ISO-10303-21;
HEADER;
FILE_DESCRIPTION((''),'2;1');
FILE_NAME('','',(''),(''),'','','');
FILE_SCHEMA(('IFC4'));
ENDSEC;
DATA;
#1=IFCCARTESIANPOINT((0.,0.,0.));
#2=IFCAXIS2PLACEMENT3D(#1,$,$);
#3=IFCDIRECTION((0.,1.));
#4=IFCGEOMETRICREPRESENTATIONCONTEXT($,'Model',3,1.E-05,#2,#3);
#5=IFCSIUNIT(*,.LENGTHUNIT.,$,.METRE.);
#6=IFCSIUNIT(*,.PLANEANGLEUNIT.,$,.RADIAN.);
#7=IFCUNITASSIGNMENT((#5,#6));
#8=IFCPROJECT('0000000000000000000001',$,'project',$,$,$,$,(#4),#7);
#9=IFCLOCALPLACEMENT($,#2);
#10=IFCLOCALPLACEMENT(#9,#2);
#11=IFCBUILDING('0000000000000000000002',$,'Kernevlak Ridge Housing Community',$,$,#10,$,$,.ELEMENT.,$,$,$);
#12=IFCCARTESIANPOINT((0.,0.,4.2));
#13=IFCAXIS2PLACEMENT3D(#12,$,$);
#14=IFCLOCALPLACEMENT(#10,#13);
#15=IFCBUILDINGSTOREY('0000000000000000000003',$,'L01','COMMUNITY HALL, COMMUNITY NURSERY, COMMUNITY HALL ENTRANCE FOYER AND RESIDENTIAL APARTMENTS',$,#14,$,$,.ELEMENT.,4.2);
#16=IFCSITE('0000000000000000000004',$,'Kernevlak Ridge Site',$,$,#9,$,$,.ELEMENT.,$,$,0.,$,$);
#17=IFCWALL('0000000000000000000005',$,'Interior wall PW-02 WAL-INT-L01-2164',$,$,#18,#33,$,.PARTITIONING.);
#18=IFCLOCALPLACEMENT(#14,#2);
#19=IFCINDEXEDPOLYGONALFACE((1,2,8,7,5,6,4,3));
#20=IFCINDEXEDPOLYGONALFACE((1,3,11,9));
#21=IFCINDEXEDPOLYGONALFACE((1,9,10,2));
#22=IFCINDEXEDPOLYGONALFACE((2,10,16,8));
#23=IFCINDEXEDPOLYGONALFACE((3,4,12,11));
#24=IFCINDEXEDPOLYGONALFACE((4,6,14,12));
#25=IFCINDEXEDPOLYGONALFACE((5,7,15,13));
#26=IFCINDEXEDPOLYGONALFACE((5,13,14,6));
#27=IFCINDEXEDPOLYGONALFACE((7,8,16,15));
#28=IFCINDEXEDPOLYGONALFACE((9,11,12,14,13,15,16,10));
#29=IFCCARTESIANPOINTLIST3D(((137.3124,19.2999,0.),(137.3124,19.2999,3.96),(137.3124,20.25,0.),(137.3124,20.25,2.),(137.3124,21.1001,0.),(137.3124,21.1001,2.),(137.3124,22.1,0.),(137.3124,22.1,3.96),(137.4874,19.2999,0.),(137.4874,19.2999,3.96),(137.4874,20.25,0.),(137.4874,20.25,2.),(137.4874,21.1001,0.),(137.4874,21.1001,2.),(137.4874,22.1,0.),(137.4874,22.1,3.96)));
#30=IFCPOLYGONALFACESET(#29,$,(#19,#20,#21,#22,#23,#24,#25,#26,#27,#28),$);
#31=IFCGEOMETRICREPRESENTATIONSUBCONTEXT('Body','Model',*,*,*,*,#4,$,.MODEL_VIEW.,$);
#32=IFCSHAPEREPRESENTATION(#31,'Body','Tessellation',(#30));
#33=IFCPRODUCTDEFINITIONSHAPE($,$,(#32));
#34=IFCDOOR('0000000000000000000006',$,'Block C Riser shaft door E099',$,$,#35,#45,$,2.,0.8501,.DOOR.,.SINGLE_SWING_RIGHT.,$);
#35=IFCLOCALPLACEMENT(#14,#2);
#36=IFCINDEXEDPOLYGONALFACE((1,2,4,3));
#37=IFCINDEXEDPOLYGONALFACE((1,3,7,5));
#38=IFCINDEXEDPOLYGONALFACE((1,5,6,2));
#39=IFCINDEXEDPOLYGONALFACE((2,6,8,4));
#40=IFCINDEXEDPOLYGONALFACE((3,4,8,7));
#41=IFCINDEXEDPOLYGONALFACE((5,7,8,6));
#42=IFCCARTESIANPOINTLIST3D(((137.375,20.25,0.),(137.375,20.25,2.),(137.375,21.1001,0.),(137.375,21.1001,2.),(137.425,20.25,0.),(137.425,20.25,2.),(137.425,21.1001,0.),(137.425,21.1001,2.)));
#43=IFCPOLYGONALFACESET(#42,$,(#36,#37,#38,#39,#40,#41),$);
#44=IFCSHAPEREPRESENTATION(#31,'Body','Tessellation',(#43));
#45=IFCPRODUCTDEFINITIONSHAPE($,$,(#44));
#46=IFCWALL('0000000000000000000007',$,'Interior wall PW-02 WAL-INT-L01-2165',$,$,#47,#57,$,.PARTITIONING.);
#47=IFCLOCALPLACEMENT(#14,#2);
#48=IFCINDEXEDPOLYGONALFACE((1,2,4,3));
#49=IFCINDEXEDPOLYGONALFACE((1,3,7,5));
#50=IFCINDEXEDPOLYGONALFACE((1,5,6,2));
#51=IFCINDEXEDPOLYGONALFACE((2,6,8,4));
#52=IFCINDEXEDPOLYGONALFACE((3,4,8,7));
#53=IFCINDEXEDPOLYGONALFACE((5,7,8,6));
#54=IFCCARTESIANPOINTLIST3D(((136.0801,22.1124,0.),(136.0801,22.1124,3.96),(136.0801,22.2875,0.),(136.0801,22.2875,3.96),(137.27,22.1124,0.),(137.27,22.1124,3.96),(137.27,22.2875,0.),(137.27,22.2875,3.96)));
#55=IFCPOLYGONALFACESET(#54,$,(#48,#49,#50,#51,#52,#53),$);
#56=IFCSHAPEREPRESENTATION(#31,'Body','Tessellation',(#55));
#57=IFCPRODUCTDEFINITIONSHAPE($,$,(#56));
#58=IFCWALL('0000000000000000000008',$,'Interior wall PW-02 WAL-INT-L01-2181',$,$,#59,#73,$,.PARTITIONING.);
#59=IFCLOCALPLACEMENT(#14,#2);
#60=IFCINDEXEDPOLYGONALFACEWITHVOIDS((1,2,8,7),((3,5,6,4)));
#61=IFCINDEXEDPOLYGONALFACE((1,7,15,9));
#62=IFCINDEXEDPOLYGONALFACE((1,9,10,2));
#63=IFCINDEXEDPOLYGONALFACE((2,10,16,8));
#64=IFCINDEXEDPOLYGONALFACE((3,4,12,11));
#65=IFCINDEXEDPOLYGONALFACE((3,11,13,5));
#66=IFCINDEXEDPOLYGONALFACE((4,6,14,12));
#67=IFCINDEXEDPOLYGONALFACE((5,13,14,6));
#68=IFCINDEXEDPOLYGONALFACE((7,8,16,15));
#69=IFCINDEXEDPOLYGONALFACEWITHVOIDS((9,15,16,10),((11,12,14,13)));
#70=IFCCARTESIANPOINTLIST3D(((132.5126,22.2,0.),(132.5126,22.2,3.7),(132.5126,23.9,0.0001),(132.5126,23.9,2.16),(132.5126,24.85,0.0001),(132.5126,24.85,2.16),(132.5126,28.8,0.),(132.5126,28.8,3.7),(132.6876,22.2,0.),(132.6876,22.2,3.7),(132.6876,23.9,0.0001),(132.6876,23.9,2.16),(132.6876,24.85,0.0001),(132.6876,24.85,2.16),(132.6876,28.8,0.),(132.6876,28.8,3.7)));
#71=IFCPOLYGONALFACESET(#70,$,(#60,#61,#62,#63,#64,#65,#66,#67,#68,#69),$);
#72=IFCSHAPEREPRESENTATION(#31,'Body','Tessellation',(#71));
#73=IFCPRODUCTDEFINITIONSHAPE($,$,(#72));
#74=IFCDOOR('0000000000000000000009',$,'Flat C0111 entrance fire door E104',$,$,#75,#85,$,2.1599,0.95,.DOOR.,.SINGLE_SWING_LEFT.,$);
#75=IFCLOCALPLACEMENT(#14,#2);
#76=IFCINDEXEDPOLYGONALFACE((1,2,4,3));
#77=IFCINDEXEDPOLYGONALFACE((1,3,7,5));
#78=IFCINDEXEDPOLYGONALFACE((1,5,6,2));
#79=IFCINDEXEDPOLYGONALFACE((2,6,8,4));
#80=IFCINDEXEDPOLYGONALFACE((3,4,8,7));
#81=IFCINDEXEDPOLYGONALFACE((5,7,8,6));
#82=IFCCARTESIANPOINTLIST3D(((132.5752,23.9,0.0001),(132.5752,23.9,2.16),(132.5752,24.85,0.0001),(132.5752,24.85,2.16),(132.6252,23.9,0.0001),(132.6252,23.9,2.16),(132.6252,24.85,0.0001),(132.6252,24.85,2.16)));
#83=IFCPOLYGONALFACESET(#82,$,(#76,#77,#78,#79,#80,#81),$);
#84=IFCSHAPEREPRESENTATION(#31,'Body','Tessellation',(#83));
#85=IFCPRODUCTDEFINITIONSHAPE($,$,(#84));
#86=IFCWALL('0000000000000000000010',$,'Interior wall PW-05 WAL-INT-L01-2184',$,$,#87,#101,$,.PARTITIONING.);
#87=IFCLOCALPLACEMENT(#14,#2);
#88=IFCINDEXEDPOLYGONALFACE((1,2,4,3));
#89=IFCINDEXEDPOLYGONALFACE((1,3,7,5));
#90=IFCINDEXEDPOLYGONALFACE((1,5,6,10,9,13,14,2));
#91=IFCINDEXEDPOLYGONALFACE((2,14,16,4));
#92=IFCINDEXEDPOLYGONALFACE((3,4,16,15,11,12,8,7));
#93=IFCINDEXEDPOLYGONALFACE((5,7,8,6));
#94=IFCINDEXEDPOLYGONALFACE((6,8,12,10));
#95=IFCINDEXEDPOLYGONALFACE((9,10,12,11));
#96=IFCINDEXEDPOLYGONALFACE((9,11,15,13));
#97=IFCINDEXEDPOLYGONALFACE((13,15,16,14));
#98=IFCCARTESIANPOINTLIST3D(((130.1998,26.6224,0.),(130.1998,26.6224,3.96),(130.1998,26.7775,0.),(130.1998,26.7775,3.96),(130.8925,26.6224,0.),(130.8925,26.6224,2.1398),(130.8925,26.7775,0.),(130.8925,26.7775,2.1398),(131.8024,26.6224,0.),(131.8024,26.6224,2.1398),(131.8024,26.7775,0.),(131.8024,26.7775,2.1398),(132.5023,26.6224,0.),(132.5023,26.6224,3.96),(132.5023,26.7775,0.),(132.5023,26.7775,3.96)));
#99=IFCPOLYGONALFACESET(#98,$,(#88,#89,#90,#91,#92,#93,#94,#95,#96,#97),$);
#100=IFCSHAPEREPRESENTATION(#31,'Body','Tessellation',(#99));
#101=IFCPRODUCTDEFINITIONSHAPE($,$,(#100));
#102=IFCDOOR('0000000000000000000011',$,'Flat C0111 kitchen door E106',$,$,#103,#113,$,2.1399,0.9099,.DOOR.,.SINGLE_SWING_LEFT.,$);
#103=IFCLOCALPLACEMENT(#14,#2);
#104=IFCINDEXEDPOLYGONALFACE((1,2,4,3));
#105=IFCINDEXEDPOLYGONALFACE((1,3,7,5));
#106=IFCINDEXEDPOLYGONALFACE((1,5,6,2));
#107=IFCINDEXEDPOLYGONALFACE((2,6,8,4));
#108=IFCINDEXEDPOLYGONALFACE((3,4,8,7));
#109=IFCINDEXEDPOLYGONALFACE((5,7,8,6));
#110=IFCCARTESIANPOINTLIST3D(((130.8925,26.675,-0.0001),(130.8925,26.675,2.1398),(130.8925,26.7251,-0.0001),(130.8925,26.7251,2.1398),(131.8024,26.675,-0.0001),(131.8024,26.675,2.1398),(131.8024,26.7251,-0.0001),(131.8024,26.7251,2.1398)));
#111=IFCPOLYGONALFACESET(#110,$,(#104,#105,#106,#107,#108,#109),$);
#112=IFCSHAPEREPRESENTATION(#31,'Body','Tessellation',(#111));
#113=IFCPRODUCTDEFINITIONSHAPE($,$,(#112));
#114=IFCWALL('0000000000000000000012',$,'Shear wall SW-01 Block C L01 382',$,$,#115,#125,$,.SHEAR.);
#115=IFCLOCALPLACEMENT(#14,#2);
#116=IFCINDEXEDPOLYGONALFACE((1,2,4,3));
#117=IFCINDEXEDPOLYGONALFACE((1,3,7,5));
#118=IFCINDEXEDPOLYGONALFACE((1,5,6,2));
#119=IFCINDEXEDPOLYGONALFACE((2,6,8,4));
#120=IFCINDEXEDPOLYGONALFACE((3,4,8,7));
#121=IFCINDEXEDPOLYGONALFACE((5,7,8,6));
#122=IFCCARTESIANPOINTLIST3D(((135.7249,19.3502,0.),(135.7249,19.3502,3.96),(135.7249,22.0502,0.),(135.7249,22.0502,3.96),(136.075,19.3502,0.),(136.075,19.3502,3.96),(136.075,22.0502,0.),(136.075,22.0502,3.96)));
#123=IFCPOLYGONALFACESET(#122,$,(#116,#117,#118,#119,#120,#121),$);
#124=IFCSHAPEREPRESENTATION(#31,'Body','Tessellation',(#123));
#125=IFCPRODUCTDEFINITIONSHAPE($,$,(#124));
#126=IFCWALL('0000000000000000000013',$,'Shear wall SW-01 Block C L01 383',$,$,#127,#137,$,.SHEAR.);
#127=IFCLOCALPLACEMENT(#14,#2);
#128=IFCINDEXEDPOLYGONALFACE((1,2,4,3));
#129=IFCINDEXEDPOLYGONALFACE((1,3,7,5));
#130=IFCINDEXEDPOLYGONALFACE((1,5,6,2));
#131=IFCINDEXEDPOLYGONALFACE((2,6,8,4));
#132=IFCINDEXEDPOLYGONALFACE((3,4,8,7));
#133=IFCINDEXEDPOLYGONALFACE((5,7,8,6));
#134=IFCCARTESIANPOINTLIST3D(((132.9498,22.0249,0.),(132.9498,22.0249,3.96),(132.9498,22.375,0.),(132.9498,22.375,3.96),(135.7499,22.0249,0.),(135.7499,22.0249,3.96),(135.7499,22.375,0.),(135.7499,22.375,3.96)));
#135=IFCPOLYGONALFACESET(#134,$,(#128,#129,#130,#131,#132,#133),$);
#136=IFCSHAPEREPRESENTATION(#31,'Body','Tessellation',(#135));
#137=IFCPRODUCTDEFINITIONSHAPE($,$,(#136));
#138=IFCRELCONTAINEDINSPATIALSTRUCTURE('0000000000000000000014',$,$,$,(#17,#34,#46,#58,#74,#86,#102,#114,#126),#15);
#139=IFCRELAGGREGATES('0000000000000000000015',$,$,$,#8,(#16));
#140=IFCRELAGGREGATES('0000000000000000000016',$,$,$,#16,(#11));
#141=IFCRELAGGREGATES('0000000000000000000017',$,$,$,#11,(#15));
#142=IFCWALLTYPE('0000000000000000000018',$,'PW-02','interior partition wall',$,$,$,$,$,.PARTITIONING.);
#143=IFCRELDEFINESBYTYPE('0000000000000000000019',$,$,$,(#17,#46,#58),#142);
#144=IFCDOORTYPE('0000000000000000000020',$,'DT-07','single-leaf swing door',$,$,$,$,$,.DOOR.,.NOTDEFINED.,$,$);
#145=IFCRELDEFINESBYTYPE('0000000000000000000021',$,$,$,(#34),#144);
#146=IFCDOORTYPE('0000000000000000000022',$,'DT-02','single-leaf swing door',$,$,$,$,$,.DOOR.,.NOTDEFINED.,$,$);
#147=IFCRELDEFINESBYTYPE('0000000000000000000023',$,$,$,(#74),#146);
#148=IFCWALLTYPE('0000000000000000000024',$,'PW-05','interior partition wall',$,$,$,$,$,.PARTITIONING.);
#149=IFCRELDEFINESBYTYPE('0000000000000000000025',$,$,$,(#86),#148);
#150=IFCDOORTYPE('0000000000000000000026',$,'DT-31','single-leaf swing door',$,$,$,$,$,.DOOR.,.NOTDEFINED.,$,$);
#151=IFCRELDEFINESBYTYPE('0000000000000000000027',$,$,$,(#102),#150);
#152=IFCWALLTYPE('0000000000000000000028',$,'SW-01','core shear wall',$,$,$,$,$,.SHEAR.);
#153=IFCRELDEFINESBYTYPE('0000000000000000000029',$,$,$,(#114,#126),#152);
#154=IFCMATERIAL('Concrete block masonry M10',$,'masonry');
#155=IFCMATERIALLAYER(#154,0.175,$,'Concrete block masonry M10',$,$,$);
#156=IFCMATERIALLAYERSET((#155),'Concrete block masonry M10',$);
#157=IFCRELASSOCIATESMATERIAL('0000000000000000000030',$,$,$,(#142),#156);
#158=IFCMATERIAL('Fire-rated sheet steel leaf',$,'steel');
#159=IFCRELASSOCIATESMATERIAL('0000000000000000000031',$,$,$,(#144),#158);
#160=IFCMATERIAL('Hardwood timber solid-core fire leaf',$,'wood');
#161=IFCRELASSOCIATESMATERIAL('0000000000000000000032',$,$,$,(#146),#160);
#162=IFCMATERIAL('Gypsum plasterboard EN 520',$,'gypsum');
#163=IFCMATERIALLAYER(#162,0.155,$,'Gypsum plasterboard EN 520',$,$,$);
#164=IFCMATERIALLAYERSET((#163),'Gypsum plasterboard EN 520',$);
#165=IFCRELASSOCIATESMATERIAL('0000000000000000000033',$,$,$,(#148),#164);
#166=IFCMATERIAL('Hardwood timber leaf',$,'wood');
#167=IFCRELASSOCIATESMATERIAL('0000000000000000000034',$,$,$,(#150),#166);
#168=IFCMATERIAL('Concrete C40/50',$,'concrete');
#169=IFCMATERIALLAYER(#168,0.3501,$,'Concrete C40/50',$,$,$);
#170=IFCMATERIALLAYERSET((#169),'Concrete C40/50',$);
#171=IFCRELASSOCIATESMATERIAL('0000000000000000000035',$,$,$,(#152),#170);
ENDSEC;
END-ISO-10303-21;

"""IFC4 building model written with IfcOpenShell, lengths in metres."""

from ifc_helpers import new_model, si_unit, direction, frame, frame_2d, origin, place, context, subcontext, project, spatial, rectangle, extrude, material, layer, layer_set, type_object, element, fill, save


model = new_model("IFC4")

# Units and contexts
model_context = context("Model", 3, precision=1e-05, world=origin(), true_north=direction((0.0, 1.0)))
body_context = subcontext(model_context, "Body", "Model", "MODEL_VIEW")
ifc_project = project(units=[si_unit("LENGTHUNIT", "METRE"), si_unit("PLANEANGLEUNIT", "RADIAN")], contexts=[model_context])

# Site, building, storey
site_placement = place(None, origin())
site = spatial("IfcSite", under=ifc_project, at=site_placement, Name="Kernevlak Ridge Site", CompositionType="ELEMENT", RefElevation=0.0)
building_placement = place(site_placement, origin())
building = spatial("IfcBuilding", under=site, at=building_placement, Name="Kernevlak Ridge Housing Community", CompositionType="ELEMENT")
storey_placement = place(building_placement, frame((0.0, 0.0, 4.2)))
storey = spatial("IfcBuildingStorey", under=building, at=storey_placement, Name="L01", Description="COMMUNITY HALL, COMMUNITY NURSERY, COMMUNITY HALL ENTRANCE FOYER AND RESIDENTIAL APARTMENTS", CompositionType="ELEMENT", Elevation=4.2)

# Shared definitions
ifc_material_1 = material(Name="Concrete C40/50", Category="concrete")

# Wall, opening, door
ifc_material_2 = material(Name="Concrete block masonry M10", Category="masonry")
ifc_layer_1 = layer(ifc_material_2, 0.175, Name="Concrete block masonry M10")
ifc_layer_set_1 = layer_set([ifc_layer_1], Name="Concrete block masonry M10")
wall_type_1 = type_object("IfcWallType", Name="PW-02", Description="interior partition wall", PredefinedType="PARTITIONING", material=ifc_layer_set_1)
ifc_material_3 = material(Name="Fire-rated sheet steel leaf", Category="steel")
wall_1_placement = place(storey_placement, frame((137.3999, 19.3, 0.0), z_axis=(0.0, 0.0, 1.0), x_axis=(0.0, 1.0, 0.0)))
wall_1 = element("IfcWall", 1, at=wall_1_placement, inside=storey, type_object=wall_type_1, Name="Interior wall PW-02 WAL-INT-L01-2164", PredefinedType="PARTITIONING", context=body_context, shape_type="SweptSolid", body=[
    extrude(rectangle(XDim=2.8, YDim=0.175, at=frame_2d((1.3999, 0.0))), origin(), (0.0, 0.0, 1.0), 3.96),
])
opening_1_placement = place(wall_1_placement, frame((0.95, 0.0, 0.0)))
opening_1 = element("IfcOpeningElement", 2, at=opening_1_placement, cuts=wall_1, PredefinedType="OPENING", context=body_context, shape_type="SweptSolid", body=[
    extrude(rectangle(XDim=0.8501, YDim=2.0, at=frame_2d((0.425, 1.0))), frame((0.0, 0.0974, 0.0), z_axis=(0.0, -1.0, 0.0), x_axis=(1.0, 0.0, 0.0)), (0.0, 0.0, 1.0), 0.1951),
])
door_type_1 = type_object("IfcDoorType", Name="DT-07", Description="single-leaf swing door", OperationType="NOTDEFINED", PredefinedType="DOOR", material=ifc_material_3)
door_1_placement = place(opening_1_placement, origin())
door_1 = element("IfcDoor", 3, at=door_1_placement, inside=storey, type_object=door_type_1, Name="Block C Riser shaft door E099", OperationType="SINGLE_SWING_RIGHT", OverallHeight=2.0, OverallWidth=0.8501, PredefinedType="DOOR", context=body_context, shape_type="SweptSolid", body=[
    extrude(rectangle(XDim=0.8501, YDim=2.0, at=frame_2d((0.425, 1.0))), frame((0.0, 0.0249, 0.0), z_axis=(0.0, -1.0, 0.0), x_axis=(1.0, 0.0, 0.0)), (0.0, 0.0, 1.0), 0.05),
])
fill(opening_1, door_1)

# Wall
wall_2_placement = place(storey_placement, frame((136.0801, 22.2, 0.0), z_axis=(0.0, 0.0, 1.0), x_axis=(1.0, 0.0, 0.0)))
element("IfcWall", 4, at=wall_2_placement, inside=storey, type_object=wall_type_1, Name="Interior wall PW-02 WAL-INT-L01-2165", PredefinedType="PARTITIONING", context=body_context, shape_type="SweptSolid", body=[
    extrude(rectangle(XDim=1.1899, YDim=0.175, at=frame_2d((0.595, 0.0))), origin(), (0.0, 0.0, 1.0), 3.96),
])

# Walls, openings, doors
wall_3_placement = place(storey_placement, frame((132.6001, 22.2, 0.0), z_axis=(0.0, 0.0, 1.0), x_axis=(0.0, 1.0, 0.0)))
wall_3 = element("IfcWall", 5, at=wall_3_placement, inside=storey, type_object=wall_type_1, Name="Interior wall PW-02 WAL-INT-L01-2181", PredefinedType="PARTITIONING", context=body_context, shape_type="SweptSolid", body=[
    extrude(rectangle(XDim=6.6001, YDim=0.175, at=frame_2d((3.3, 0.0))), origin(), (0.0, 0.0, 1.0), 3.7),
])
opening_2_placement = place(wall_3_placement, frame((1.7, 0.0, 0.0)))
opening_2 = element("IfcOpeningElement", 6, at=opening_2_placement, cuts=wall_3, PredefinedType="OPENING", context=body_context, shape_type="SweptSolid", body=[
    extrude(rectangle(XDim=0.95, YDim=2.1599, at=frame_2d((0.4751, 1.0801))), frame((0.0, 0.0974, 0.0), z_axis=(0.0, -1.0, 0.0), x_axis=(1.0, 0.0, 0.0)), (0.0, 0.0, 1.0), 0.1951),
])
ifc_material_4 = material(Name="Hardwood timber solid-core fire leaf", Category="wood")
door_type_2 = type_object("IfcDoorType", Name="DT-02", Description="single-leaf swing door", OperationType="NOTDEFINED", PredefinedType="DOOR", material=ifc_material_4)
door_2_placement = place(opening_2_placement, origin())
door_2 = element("IfcDoor", 7, at=door_2_placement, inside=storey, type_object=door_type_2, Name="Flat C0111 entrance fire door E104", OperationType="SINGLE_SWING_LEFT", OverallHeight=2.1599, OverallWidth=0.95, PredefinedType="DOOR", context=body_context, shape_type="SweptSolid", body=[
    extrude(rectangle(XDim=0.95, YDim=2.1599, at=frame_2d((0.4751, 1.0801))), frame((0.0, 0.0249, 0.0), z_axis=(0.0, -1.0, 0.0), x_axis=(1.0, 0.0, 0.0)), (0.0, 0.0, 1.0), 0.05),
])
fill(opening_2, door_2)
ifc_material_5 = material(Name="Gypsum plasterboard EN 520", Category="gypsum")
ifc_layer_2 = layer(ifc_material_5, 0.155, Name="Gypsum plasterboard EN 520")
ifc_layer_set_2 = layer_set([ifc_layer_2], Name="Gypsum plasterboard EN 520")
wall_type_2 = type_object("IfcWallType", Name="PW-05", Description="interior partition wall", PredefinedType="PARTITIONING", material=ifc_layer_set_2)
wall_4_placement = place(storey_placement, frame((132.5024, 26.7, 0.0), z_axis=(0.0, 0.0, 1.0), x_axis=(-1.0, 0.0, 0.0)))
wall_4 = element("IfcWall", 8, at=wall_4_placement, inside=storey, type_object=wall_type_2, Name="Interior wall PW-05 WAL-INT-L01-2184", PredefinedType="PARTITIONING", context=body_context, shape_type="SweptSolid", body=[
    extrude(rectangle(XDim=2.3025, YDim=0.155, at=frame_2d((1.1514, 0.0))), origin(), (0.0, 0.0, 1.0), 3.96),
])
opening_3_placement = place(wall_4_placement, frame((0.7, 0.0, 0.0)))
opening_3 = element("IfcOpeningElement", 9, at=opening_3_placement, cuts=wall_4, PredefinedType="OPENING", context=body_context, shape_type="SweptSolid", body=[
    extrude(rectangle(XDim=0.9099, YDim=2.1399, at=frame_2d((0.4551, 1.0698))), frame((0.0, 0.0874, 0.0), z_axis=(0.0, -1.0, 0.0), x_axis=(1.0, 0.0, 0.0)), (0.0, 0.0, 1.0), 0.175),
])
ifc_material_6 = material(Name="Hardwood timber leaf", Category="wood")
door_type_3 = type_object("IfcDoorType", Name="DT-31", Description="single-leaf swing door", OperationType="NOTDEFINED", PredefinedType="DOOR", material=ifc_material_6)
door_3_placement = place(opening_3_placement, origin())
door_3 = element("IfcDoor", 10, at=door_3_placement, inside=storey, type_object=door_type_3, Name="Flat C0111 kitchen door E106", OperationType="SINGLE_SWING_LEFT", OverallHeight=2.1399, OverallWidth=0.9099, PredefinedType="DOOR", context=body_context, shape_type="SweptSolid", body=[
    extrude(rectangle(XDim=0.9099, YDim=2.1399, at=frame_2d((0.4551, 1.0698))), frame((0.0, 0.0249, 0.0), z_axis=(0.0, -1.0, 0.0), x_axis=(1.0, 0.0, 0.0)), (0.0, 0.0, 1.0), 0.05),
])
fill(opening_3, door_3)

# Walls
ifc_layer_3 = layer(ifc_material_1, 0.3501, Name="Concrete C40/50")
ifc_layer_set_3 = layer_set([ifc_layer_3], Name="Concrete C40/50")
wall_type_3 = type_object("IfcWallType", Name="SW-01", Description="core shear wall", PredefinedType="SHEAR", material=ifc_layer_set_3)
wall_5_placement = place(storey_placement, frame((135.8999, 19.3501, 0.0), z_axis=(0.0, 0.0, 1.0), x_axis=(0.0, 1.0, 0.0)))
element("IfcWall", 11, at=wall_5_placement, inside=storey, type_object=wall_type_3, Name="Shear wall SW-01 Block C L01 382", PredefinedType="SHEAR", context=body_context, shape_type="SweptSolid", body=[
    extrude(rectangle(XDim=2.7, YDim=0.3501, at=frame_2d((1.3501, 0.0))), origin(), (0.0, 0.0, 1.0), 3.96),
])
wall_6_placement = place(storey_placement, frame((132.95, 22.2, 0.0), z_axis=(0.0, 0.0, 1.0), x_axis=(1.0, 0.0, 0.0)))
element("IfcWall", 12, at=wall_6_placement, inside=storey, type_object=wall_type_3, Name="Shear wall SW-01 Block C L01 383", PredefinedType="SHEAR", context=body_context, shape_type="SweptSolid", body=[
    extrude(rectangle(XDim=2.8, YDim=0.3501, at=frame_2d((1.3999, 0.0))), origin(), (0.0, 0.0, 1.0), 3.96),
])

save(model, "model.ifc")
